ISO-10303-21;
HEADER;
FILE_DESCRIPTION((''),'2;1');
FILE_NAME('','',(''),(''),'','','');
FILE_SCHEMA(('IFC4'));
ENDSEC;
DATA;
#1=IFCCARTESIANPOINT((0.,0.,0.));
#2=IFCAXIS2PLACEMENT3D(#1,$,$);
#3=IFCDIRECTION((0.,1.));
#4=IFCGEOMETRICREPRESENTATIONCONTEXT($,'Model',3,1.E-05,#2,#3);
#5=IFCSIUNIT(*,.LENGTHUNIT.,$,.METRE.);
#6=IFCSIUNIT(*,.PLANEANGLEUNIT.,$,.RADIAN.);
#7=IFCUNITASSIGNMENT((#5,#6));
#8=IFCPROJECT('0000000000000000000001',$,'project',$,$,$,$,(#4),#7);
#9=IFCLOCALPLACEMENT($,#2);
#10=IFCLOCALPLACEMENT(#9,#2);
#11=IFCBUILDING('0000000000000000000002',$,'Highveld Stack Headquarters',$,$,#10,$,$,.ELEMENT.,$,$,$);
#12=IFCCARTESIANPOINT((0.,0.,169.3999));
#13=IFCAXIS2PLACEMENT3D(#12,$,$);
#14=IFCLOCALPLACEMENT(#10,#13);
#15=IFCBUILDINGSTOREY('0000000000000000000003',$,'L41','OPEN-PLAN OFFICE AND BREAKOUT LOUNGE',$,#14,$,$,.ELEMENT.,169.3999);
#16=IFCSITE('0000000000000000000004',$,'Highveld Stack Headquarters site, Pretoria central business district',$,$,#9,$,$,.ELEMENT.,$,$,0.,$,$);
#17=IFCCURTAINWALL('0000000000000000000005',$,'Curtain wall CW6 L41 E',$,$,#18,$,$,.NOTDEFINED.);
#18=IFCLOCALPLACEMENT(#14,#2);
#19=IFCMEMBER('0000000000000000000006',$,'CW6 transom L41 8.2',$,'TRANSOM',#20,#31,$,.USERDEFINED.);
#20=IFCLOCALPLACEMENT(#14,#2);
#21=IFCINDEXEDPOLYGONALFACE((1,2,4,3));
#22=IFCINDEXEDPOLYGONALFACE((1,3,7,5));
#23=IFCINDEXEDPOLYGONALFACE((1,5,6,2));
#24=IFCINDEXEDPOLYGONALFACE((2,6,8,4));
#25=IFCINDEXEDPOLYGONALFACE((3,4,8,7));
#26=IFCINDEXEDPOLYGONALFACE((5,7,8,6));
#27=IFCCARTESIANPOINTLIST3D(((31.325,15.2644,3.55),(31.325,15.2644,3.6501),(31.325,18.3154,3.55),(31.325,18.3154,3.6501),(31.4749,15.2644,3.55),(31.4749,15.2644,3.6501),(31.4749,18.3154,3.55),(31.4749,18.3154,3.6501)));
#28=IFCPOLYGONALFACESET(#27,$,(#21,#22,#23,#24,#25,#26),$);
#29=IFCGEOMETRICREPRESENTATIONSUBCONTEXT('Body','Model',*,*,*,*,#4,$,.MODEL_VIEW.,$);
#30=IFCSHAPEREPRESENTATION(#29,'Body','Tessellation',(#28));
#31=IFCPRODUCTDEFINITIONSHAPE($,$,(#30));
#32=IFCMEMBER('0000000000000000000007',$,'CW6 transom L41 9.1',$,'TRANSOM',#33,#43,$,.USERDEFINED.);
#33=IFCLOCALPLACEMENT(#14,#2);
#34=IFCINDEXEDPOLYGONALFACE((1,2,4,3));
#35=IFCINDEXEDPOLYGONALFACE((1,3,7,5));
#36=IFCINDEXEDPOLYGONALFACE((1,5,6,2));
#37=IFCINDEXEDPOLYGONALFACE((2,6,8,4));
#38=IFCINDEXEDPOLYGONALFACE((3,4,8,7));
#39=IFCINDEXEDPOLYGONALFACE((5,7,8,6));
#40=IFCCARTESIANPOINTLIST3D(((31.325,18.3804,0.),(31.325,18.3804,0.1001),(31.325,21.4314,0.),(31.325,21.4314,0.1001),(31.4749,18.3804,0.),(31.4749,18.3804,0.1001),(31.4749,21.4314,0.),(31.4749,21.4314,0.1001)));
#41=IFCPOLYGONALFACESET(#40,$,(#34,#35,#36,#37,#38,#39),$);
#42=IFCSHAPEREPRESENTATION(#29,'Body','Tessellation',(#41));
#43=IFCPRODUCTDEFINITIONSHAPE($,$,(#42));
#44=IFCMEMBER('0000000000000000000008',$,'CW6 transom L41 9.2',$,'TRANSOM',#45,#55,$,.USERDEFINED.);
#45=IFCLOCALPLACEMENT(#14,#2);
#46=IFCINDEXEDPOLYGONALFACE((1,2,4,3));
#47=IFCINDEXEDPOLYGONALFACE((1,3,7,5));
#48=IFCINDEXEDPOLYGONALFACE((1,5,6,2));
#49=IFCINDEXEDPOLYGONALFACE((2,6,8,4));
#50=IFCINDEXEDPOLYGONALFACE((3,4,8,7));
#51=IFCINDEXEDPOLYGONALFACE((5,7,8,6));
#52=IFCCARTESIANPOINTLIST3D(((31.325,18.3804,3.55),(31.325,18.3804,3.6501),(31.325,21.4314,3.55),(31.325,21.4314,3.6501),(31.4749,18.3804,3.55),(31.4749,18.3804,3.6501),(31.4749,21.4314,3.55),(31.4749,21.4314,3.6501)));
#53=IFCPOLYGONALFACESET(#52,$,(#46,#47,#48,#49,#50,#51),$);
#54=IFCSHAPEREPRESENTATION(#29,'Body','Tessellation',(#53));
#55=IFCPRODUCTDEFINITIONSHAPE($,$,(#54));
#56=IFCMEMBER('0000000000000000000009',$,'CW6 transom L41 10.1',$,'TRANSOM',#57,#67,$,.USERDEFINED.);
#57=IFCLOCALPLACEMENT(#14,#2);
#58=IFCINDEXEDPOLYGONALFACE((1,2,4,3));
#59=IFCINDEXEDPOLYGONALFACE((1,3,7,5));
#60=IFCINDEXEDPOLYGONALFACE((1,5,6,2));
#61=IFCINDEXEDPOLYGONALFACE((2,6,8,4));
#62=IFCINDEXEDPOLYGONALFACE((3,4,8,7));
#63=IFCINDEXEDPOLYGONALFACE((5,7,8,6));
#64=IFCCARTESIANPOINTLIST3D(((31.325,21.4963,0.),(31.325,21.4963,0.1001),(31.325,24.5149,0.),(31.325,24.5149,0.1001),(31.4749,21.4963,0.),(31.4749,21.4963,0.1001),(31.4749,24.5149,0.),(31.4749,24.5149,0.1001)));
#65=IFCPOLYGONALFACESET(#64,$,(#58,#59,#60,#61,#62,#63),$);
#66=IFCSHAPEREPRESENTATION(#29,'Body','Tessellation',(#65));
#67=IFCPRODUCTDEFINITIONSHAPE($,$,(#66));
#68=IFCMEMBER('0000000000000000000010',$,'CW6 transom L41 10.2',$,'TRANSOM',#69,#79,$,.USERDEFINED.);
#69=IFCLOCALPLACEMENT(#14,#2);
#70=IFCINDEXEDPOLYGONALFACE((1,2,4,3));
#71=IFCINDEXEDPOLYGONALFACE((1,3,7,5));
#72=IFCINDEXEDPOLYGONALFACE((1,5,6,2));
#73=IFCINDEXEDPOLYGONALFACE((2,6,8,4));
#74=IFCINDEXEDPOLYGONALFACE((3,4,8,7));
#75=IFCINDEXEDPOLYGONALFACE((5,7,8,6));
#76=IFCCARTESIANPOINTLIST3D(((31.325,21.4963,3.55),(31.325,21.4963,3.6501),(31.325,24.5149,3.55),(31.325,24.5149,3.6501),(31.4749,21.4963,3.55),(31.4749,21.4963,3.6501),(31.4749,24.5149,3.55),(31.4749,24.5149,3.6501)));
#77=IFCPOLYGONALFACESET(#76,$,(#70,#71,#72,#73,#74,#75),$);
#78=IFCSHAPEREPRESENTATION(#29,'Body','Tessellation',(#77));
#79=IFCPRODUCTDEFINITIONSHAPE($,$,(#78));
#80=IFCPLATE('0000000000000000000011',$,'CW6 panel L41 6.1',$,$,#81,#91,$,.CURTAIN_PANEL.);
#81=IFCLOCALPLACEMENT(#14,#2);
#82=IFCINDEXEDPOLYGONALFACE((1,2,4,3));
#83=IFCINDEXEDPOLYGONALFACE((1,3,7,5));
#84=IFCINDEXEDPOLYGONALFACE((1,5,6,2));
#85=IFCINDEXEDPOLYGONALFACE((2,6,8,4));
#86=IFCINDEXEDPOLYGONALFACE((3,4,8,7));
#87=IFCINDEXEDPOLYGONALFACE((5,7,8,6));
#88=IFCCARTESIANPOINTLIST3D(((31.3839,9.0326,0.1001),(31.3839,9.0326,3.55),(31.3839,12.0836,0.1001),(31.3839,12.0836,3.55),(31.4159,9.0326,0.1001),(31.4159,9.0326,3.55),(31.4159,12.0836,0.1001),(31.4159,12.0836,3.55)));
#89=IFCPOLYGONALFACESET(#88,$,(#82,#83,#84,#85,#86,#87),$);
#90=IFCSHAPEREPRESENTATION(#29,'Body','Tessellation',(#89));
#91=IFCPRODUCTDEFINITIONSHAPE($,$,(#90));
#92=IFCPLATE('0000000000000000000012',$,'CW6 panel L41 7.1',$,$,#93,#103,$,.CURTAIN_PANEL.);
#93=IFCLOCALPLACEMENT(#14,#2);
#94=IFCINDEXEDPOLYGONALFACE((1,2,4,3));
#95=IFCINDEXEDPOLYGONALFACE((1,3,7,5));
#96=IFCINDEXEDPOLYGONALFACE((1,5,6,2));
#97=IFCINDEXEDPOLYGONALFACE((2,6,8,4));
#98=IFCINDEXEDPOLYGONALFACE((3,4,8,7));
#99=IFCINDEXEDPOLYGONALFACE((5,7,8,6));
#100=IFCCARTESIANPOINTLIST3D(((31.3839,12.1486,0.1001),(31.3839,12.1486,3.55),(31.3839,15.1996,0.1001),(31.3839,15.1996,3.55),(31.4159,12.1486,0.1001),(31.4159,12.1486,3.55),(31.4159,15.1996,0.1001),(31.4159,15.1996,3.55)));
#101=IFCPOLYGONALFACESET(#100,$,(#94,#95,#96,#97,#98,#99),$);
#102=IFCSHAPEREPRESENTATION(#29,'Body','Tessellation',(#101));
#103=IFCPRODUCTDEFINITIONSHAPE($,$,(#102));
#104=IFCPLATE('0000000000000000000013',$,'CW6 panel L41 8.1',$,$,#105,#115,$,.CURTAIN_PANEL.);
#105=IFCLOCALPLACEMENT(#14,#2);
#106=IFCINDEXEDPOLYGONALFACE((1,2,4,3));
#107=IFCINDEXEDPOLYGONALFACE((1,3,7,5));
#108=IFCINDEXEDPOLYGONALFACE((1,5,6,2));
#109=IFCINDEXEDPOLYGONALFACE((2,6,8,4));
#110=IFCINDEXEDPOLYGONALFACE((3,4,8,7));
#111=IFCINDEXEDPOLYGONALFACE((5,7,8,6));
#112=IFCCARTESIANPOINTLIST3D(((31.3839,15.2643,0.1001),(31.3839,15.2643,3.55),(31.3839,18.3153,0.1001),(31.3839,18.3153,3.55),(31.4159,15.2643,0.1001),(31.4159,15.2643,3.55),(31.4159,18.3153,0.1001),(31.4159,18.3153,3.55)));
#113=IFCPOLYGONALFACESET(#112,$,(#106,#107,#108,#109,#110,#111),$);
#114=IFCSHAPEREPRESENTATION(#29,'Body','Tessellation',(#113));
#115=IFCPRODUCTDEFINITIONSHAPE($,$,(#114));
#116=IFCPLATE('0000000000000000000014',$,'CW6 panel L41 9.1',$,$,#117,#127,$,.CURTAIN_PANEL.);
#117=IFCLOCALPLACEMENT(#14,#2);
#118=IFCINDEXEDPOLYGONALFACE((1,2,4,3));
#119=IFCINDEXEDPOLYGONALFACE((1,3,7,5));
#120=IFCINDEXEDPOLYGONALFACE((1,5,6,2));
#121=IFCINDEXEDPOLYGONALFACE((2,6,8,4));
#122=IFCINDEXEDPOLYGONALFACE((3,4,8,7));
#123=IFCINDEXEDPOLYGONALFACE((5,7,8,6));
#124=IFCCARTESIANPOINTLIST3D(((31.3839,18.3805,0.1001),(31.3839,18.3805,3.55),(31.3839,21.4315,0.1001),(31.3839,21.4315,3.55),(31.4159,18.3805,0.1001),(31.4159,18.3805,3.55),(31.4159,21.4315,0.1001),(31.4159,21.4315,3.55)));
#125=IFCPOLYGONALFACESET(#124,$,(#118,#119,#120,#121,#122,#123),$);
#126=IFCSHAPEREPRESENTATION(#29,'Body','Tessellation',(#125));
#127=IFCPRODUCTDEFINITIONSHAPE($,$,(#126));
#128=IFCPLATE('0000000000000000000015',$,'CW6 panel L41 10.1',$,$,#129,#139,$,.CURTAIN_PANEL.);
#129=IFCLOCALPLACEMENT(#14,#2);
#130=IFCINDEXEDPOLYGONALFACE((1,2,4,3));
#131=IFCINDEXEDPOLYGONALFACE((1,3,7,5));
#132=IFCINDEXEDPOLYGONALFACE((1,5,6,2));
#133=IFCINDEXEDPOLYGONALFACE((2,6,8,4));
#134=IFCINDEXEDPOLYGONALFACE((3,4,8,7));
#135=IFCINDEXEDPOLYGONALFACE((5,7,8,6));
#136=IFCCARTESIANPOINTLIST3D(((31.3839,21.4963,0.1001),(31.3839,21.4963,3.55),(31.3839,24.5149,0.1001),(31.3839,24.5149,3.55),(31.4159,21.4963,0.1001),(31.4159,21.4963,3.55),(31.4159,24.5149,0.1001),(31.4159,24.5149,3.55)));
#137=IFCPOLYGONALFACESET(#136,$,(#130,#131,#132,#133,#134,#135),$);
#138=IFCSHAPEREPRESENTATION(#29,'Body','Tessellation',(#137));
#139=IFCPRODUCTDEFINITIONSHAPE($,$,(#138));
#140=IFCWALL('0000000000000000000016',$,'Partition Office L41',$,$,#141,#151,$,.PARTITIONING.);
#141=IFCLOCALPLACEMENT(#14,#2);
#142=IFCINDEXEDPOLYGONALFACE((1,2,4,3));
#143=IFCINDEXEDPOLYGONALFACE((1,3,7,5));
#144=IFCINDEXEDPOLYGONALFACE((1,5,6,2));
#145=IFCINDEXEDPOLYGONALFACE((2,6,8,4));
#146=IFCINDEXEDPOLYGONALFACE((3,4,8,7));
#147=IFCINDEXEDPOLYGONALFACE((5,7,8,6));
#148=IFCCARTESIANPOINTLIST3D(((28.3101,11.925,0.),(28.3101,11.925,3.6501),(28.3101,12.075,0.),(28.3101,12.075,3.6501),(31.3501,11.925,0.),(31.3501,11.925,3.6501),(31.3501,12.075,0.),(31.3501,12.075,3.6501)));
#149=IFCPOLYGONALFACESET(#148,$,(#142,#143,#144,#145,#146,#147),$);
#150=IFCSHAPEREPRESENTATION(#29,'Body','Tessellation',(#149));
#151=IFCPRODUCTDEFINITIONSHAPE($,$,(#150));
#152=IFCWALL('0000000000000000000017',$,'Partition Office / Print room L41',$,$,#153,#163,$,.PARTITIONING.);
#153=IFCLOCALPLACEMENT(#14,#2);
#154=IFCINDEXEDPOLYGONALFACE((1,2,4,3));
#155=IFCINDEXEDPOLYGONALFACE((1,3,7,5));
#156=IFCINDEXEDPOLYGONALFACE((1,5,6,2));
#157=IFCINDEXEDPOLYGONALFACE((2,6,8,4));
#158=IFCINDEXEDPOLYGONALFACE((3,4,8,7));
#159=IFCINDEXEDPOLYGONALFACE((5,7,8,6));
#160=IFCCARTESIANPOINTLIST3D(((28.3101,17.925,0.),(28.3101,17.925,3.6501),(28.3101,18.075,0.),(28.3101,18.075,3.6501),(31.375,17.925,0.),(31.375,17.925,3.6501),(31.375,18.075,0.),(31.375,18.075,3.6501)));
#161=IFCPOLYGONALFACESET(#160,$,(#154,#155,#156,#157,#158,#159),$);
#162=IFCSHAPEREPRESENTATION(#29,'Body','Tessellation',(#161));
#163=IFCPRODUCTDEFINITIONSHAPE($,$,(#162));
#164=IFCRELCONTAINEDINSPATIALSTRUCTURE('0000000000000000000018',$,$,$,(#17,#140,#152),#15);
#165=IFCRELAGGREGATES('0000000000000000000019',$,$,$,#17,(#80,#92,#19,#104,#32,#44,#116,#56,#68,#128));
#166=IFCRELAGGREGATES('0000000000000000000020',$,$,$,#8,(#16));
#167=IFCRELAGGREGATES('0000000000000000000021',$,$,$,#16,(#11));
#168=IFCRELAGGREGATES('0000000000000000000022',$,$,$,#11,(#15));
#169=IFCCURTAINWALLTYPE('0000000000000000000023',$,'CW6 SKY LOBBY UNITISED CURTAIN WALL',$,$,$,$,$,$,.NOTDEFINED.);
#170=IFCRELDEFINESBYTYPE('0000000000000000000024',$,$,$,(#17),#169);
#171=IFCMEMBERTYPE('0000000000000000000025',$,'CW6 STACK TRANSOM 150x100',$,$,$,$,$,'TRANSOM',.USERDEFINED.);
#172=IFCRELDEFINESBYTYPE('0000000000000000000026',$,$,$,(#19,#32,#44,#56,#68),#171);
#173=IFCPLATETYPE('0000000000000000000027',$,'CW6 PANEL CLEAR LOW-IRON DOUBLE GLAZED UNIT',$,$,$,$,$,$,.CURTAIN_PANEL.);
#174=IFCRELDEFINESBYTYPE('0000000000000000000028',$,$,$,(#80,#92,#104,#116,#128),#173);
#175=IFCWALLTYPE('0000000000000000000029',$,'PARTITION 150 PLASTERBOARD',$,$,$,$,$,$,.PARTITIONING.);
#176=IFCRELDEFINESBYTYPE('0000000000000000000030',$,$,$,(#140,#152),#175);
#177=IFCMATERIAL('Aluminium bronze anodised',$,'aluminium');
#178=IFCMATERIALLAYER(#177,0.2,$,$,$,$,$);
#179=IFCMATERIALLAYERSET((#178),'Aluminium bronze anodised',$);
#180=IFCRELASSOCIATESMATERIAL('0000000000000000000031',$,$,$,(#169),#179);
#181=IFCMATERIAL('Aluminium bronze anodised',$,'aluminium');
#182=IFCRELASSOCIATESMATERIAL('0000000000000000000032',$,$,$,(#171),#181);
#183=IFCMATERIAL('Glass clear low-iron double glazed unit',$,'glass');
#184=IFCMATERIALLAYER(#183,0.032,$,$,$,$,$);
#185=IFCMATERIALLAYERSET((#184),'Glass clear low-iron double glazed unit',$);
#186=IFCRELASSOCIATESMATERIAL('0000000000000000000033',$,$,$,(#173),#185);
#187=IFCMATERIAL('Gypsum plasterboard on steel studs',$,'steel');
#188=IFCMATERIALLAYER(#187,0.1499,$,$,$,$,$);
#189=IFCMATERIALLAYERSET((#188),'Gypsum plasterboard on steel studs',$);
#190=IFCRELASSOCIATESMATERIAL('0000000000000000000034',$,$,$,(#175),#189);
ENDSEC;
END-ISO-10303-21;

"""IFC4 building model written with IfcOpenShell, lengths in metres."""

from ifc_helpers import new_model, si_unit, direction, frame, frame_2d, origin, origin_2d, place, context, subcontext, project, spatial, rectangle, extrude, material, layer, layer_set, material_profile, profile_set, type_object, element, aggregate, save


model = new_model("IFC4")

# Units and contexts
model_context = context("Model", 3, precision=1e-05, world=origin(), true_north=direction((0.0, 1.0)))
body_context = subcontext(model_context, "Body", "Model", "MODEL_VIEW")
ifc_project = project(units=[si_unit("LENGTHUNIT", "METRE"), si_unit("PLANEANGLEUNIT", "RADIAN")], contexts=[model_context])

# Site, building, storey
site_placement = place(None, origin())
site = spatial("IfcSite", under=ifc_project, at=site_placement, Name="Highveld Stack Headquarters site, Pretoria central business district", CompositionType="ELEMENT", RefElevation=0.0)
building_placement = place(site_placement, origin())
building = spatial("IfcBuilding", under=site, at=building_placement, Name="Highveld Stack Headquarters", CompositionType="ELEMENT")
storey_placement = place(building_placement, frame((0.0, 0.0, 169.3999)))
storey = spatial("IfcBuildingStorey", under=building, at=storey_placement, Name="L41", Description="OPEN-PLAN OFFICE AND BREAKOUT LOUNGE", CompositionType="ELEMENT", Elevation=169.3999)

# Curtain wall, members, plates
ifc_material_1 = material(Name="Aluminium bronze anodised", Category="aluminium")
ifc_layer_1 = layer(ifc_material_1, 0.2)
ifc_layer_set_1 = layer_set([ifc_layer_1], Name="Aluminium bronze anodised")
curtain_wall_type = type_object("IfcCurtainWallType", Name="CW6 SKY LOBBY UNITISED CURTAIN WALL", PredefinedType="NOTDEFINED", material=ifc_layer_set_1)
curtain_wall_placement = place(storey_placement, origin())
curtain_wall = element("IfcCurtainWall", 1, at=curtain_wall_placement, inside=storey, type_object=curtain_wall_type, Name="Curtain wall CW6 L41 E", PredefinedType="NOTDEFINED")
ifc_material_2 = material(Name="Aluminium bronze anodised", Category="aluminium")
ifc_material_profile_1 = material_profile(ifc_material_2, rectangle(XDim=0.1499, YDim=0.1001, at=origin_2d()), Name="CW6 TRANSOM 150x100")
ifc_profile_set_1 = profile_set([ifc_material_profile_1], Name="Aluminium bronze anodised")
member_type_1 = type_object("IfcMemberType", Name="CW6 STACK TRANSOM 150x100", ElementType="TRANSOM", PredefinedType="USERDEFINED", material=ifc_profile_set_1)
member_1_placement = place(storey_placement, frame((31.3999, 15.2644, 3.6001), z_axis=(0.0, 1.0, 0.0), x_axis=(-1.0, 0.0, 0.0)))
member_1 = element("IfcMember", 2, at=member_1_placement, type_object=member_type_1, Name="CW6 transom L41 8.2", ObjectType="TRANSOM", PredefinedType="USERDEFINED", context=body_context, shape_type="SweptSolid", body=[
    extrude(rectangle(XDim=0.1499, YDim=0.1001, at=origin_2d()), origin(), (0.0, 0.0, 1.0), 3.051),
])
member_2_placement = place(storey_placement, frame((31.3999, 18.3804, 0.05), z_axis=(0.0, 1.0, 0.0), x_axis=(-1.0, 0.0, 0.0)))
member_2 = element("IfcMember", 3, at=member_2_placement, type_object=member_type_1, Name="CW6 transom L41 9.1", ObjectType="TRANSOM", PredefinedType="USERDEFINED", context=body_context, shape_type="SweptSolid", body=[
    extrude(rectangle(XDim=0.1499, YDim=0.1001, at=origin_2d()), origin(), (0.0, 0.0, 1.0), 3.051),
])
member_3_placement = place(storey_placement, frame((31.3999, 18.3804, 3.6001), z_axis=(0.0, 1.0, 0.0), x_axis=(-1.0, 0.0, 0.0)))
member_3 = element("IfcMember", 4, at=member_3_placement, type_object=member_type_1, Name="CW6 transom L41 9.2", ObjectType="TRANSOM", PredefinedType="USERDEFINED", context=body_context, shape_type="SweptSolid", body=[
    extrude(rectangle(XDim=0.1499, YDim=0.1001, at=origin_2d()), origin(), (0.0, 0.0, 1.0), 3.051),
])
member_4_placement = place(storey_placement, frame((31.3999, 21.4963, 0.05), z_axis=(0.0, 1.0, 0.0), x_axis=(-1.0, 0.0, 0.0)))
member_4 = element("IfcMember", 5, at=member_4_placement, type_object=member_type_1, Name="CW6 transom L41 10.1", ObjectType="TRANSOM", PredefinedType="USERDEFINED", context=body_context, shape_type="SweptSolid", body=[
    extrude(rectangle(XDim=0.1499, YDim=0.1001, at=origin_2d()), origin(), (0.0, 0.0, 1.0), 3.0186),
])
member_5_placement = place(storey_placement, frame((31.3999, 21.4963, 3.6001), z_axis=(0.0, 1.0, 0.0), x_axis=(-1.0, 0.0, 0.0)))
member_5 = element("IfcMember", 6, at=member_5_placement, type_object=member_type_1, Name="CW6 transom L41 10.2", ObjectType="TRANSOM", PredefinedType="USERDEFINED", context=body_context, shape_type="SweptSolid", body=[
    extrude(rectangle(XDim=0.1499, YDim=0.1001, at=origin_2d()), origin(), (0.0, 0.0, 1.0), 3.0186),
])
ifc_material_3 = material(Name="Glass clear low-iron double glazed unit", Category="glass")
ifc_layer_2 = layer(ifc_material_3, 0.032)
ifc_layer_set_2 = layer_set([ifc_layer_2], Name="Glass clear low-iron double glazed unit")
plate_type = type_object("IfcPlateType", Name="CW6 PANEL CLEAR LOW-IRON DOUBLE GLAZED UNIT", PredefinedType="CURTAIN_PANEL", material=ifc_layer_set_2)
plate_1_placement = place(storey_placement, frame((31.3999, 10.5581, 0.1001), z_axis=(0.0, 0.0, 1.0), x_axis=(0.0, 1.0, 0.0)))
plate_1 = element("IfcPlate", 7, at=plate_1_placement, type_object=plate_type, Name="CW6 panel L41 6.1", PredefinedType="CURTAIN_PANEL", context=body_context, shape_type="SweptSolid", body=[
    extrude(rectangle(XDim=3.051, YDim=0.032, at=origin_2d()), origin(), (0.0, 0.0, 1.0), 3.45),
])
plate_2_placement = place(storey_placement, frame((31.3999, 13.6741, 0.1001), z_axis=(0.0, 0.0, 1.0), x_axis=(0.0, 1.0, 0.0)))
plate_2 = element("IfcPlate", 8, at=plate_2_placement, type_object=plate_type, Name="CW6 panel L41 7.1", PredefinedType="CURTAIN_PANEL", context=body_context, shape_type="SweptSolid", body=[
    extrude(rectangle(XDim=3.051, YDim=0.032, at=origin_2d()), origin(), (0.0, 0.0, 1.0), 3.45),
])
plate_3_placement = place(storey_placement, frame((31.3999, 16.7898, 0.1001), z_axis=(0.0, 0.0, 1.0), x_axis=(0.0, 1.0, 0.0)))
plate_3 = element("IfcPlate", 9, at=plate_3_placement, type_object=plate_type, Name="CW6 panel L41 8.1", PredefinedType="CURTAIN_PANEL", context=body_context, shape_type="SweptSolid", body=[
    extrude(rectangle(XDim=3.051, YDim=0.032, at=origin_2d()), origin(), (0.0, 0.0, 1.0), 3.45),
])
plate_4_placement = place(storey_placement, frame((31.3999, 19.906, 0.1001), z_axis=(0.0, 0.0, 1.0), x_axis=(0.0, 1.0, 0.0)))
plate_4 = element("IfcPlate", 10, at=plate_4_placement, type_object=plate_type, Name="CW6 panel L41 9.1", PredefinedType="CURTAIN_PANEL", context=body_context, shape_type="SweptSolid", body=[
    extrude(rectangle(XDim=3.051, YDim=0.032, at=origin_2d()), origin(), (0.0, 0.0, 1.0), 3.45),
])
plate_5_placement = place(storey_placement, frame((31.3999, 23.0056, 0.1001), z_axis=(0.0, 0.0, 1.0), x_axis=(0.0, 1.0, 0.0)))
plate_5 = element("IfcPlate", 11, at=plate_5_placement, type_object=plate_type, Name="CW6 panel L41 10.1", PredefinedType="CURTAIN_PANEL", context=body_context, shape_type="SweptSolid", body=[
    extrude(rectangle(XDim=3.0186, YDim=0.032, at=origin_2d()), origin(), (0.0, 0.0, 1.0), 3.45),
])
aggregate(curtain_wall, [plate_1, plate_2, member_1, plate_3, member_2, member_3, plate_4, member_4, member_5, plate_5])

# Walls
ifc_material_4 = material(Name="Gypsum plasterboard on steel studs", Category="steel")
ifc_layer_3 = layer(ifc_material_4, 0.1499)
ifc_layer_set_3 = layer_set([ifc_layer_3], Name="Gypsum plasterboard on steel studs")
wall_type = type_object("IfcWallType", Name="PARTITION 150 PLASTERBOARD", PredefinedType="PARTITIONING", material=ifc_layer_set_3)
wall_1_placement = place(storey_placement, frame((28.3101, 12.0, 0.0), z_axis=(0.0, 0.0, 1.0), x_axis=(1.0, 0.0, 0.0)))
element("IfcWall", 12, at=wall_1_placement, inside=storey, type_object=wall_type, Name="Partition Office L41", PredefinedType="PARTITIONING", context=body_context, shape_type="SweptSolid", body=[
    extrude(rectangle(XDim=3.04, YDim=0.1499, at=frame_2d((1.52, 0.0))), origin(), (0.0, 0.0, 1.0), 3.6501),
])
wall_2_placement = place(storey_placement, frame((28.3101, 18.0, 0.0), z_axis=(0.0, 0.0, 1.0), x_axis=(1.0, 0.0, 0.0)))
element("IfcWall", 13, at=wall_2_placement, inside=storey, type_object=wall_type, Name="Partition Office / Print room L41", PredefinedType="PARTITIONING", context=body_context, shape_type="SweptSolid", body=[
    extrude(rectangle(XDim=3.0649, YDim=0.1499, at=frame_2d((1.5325, 0.0))), origin(), (0.0, 0.0, 1.0), 3.6501),
])

save(model, "model.ifc")
